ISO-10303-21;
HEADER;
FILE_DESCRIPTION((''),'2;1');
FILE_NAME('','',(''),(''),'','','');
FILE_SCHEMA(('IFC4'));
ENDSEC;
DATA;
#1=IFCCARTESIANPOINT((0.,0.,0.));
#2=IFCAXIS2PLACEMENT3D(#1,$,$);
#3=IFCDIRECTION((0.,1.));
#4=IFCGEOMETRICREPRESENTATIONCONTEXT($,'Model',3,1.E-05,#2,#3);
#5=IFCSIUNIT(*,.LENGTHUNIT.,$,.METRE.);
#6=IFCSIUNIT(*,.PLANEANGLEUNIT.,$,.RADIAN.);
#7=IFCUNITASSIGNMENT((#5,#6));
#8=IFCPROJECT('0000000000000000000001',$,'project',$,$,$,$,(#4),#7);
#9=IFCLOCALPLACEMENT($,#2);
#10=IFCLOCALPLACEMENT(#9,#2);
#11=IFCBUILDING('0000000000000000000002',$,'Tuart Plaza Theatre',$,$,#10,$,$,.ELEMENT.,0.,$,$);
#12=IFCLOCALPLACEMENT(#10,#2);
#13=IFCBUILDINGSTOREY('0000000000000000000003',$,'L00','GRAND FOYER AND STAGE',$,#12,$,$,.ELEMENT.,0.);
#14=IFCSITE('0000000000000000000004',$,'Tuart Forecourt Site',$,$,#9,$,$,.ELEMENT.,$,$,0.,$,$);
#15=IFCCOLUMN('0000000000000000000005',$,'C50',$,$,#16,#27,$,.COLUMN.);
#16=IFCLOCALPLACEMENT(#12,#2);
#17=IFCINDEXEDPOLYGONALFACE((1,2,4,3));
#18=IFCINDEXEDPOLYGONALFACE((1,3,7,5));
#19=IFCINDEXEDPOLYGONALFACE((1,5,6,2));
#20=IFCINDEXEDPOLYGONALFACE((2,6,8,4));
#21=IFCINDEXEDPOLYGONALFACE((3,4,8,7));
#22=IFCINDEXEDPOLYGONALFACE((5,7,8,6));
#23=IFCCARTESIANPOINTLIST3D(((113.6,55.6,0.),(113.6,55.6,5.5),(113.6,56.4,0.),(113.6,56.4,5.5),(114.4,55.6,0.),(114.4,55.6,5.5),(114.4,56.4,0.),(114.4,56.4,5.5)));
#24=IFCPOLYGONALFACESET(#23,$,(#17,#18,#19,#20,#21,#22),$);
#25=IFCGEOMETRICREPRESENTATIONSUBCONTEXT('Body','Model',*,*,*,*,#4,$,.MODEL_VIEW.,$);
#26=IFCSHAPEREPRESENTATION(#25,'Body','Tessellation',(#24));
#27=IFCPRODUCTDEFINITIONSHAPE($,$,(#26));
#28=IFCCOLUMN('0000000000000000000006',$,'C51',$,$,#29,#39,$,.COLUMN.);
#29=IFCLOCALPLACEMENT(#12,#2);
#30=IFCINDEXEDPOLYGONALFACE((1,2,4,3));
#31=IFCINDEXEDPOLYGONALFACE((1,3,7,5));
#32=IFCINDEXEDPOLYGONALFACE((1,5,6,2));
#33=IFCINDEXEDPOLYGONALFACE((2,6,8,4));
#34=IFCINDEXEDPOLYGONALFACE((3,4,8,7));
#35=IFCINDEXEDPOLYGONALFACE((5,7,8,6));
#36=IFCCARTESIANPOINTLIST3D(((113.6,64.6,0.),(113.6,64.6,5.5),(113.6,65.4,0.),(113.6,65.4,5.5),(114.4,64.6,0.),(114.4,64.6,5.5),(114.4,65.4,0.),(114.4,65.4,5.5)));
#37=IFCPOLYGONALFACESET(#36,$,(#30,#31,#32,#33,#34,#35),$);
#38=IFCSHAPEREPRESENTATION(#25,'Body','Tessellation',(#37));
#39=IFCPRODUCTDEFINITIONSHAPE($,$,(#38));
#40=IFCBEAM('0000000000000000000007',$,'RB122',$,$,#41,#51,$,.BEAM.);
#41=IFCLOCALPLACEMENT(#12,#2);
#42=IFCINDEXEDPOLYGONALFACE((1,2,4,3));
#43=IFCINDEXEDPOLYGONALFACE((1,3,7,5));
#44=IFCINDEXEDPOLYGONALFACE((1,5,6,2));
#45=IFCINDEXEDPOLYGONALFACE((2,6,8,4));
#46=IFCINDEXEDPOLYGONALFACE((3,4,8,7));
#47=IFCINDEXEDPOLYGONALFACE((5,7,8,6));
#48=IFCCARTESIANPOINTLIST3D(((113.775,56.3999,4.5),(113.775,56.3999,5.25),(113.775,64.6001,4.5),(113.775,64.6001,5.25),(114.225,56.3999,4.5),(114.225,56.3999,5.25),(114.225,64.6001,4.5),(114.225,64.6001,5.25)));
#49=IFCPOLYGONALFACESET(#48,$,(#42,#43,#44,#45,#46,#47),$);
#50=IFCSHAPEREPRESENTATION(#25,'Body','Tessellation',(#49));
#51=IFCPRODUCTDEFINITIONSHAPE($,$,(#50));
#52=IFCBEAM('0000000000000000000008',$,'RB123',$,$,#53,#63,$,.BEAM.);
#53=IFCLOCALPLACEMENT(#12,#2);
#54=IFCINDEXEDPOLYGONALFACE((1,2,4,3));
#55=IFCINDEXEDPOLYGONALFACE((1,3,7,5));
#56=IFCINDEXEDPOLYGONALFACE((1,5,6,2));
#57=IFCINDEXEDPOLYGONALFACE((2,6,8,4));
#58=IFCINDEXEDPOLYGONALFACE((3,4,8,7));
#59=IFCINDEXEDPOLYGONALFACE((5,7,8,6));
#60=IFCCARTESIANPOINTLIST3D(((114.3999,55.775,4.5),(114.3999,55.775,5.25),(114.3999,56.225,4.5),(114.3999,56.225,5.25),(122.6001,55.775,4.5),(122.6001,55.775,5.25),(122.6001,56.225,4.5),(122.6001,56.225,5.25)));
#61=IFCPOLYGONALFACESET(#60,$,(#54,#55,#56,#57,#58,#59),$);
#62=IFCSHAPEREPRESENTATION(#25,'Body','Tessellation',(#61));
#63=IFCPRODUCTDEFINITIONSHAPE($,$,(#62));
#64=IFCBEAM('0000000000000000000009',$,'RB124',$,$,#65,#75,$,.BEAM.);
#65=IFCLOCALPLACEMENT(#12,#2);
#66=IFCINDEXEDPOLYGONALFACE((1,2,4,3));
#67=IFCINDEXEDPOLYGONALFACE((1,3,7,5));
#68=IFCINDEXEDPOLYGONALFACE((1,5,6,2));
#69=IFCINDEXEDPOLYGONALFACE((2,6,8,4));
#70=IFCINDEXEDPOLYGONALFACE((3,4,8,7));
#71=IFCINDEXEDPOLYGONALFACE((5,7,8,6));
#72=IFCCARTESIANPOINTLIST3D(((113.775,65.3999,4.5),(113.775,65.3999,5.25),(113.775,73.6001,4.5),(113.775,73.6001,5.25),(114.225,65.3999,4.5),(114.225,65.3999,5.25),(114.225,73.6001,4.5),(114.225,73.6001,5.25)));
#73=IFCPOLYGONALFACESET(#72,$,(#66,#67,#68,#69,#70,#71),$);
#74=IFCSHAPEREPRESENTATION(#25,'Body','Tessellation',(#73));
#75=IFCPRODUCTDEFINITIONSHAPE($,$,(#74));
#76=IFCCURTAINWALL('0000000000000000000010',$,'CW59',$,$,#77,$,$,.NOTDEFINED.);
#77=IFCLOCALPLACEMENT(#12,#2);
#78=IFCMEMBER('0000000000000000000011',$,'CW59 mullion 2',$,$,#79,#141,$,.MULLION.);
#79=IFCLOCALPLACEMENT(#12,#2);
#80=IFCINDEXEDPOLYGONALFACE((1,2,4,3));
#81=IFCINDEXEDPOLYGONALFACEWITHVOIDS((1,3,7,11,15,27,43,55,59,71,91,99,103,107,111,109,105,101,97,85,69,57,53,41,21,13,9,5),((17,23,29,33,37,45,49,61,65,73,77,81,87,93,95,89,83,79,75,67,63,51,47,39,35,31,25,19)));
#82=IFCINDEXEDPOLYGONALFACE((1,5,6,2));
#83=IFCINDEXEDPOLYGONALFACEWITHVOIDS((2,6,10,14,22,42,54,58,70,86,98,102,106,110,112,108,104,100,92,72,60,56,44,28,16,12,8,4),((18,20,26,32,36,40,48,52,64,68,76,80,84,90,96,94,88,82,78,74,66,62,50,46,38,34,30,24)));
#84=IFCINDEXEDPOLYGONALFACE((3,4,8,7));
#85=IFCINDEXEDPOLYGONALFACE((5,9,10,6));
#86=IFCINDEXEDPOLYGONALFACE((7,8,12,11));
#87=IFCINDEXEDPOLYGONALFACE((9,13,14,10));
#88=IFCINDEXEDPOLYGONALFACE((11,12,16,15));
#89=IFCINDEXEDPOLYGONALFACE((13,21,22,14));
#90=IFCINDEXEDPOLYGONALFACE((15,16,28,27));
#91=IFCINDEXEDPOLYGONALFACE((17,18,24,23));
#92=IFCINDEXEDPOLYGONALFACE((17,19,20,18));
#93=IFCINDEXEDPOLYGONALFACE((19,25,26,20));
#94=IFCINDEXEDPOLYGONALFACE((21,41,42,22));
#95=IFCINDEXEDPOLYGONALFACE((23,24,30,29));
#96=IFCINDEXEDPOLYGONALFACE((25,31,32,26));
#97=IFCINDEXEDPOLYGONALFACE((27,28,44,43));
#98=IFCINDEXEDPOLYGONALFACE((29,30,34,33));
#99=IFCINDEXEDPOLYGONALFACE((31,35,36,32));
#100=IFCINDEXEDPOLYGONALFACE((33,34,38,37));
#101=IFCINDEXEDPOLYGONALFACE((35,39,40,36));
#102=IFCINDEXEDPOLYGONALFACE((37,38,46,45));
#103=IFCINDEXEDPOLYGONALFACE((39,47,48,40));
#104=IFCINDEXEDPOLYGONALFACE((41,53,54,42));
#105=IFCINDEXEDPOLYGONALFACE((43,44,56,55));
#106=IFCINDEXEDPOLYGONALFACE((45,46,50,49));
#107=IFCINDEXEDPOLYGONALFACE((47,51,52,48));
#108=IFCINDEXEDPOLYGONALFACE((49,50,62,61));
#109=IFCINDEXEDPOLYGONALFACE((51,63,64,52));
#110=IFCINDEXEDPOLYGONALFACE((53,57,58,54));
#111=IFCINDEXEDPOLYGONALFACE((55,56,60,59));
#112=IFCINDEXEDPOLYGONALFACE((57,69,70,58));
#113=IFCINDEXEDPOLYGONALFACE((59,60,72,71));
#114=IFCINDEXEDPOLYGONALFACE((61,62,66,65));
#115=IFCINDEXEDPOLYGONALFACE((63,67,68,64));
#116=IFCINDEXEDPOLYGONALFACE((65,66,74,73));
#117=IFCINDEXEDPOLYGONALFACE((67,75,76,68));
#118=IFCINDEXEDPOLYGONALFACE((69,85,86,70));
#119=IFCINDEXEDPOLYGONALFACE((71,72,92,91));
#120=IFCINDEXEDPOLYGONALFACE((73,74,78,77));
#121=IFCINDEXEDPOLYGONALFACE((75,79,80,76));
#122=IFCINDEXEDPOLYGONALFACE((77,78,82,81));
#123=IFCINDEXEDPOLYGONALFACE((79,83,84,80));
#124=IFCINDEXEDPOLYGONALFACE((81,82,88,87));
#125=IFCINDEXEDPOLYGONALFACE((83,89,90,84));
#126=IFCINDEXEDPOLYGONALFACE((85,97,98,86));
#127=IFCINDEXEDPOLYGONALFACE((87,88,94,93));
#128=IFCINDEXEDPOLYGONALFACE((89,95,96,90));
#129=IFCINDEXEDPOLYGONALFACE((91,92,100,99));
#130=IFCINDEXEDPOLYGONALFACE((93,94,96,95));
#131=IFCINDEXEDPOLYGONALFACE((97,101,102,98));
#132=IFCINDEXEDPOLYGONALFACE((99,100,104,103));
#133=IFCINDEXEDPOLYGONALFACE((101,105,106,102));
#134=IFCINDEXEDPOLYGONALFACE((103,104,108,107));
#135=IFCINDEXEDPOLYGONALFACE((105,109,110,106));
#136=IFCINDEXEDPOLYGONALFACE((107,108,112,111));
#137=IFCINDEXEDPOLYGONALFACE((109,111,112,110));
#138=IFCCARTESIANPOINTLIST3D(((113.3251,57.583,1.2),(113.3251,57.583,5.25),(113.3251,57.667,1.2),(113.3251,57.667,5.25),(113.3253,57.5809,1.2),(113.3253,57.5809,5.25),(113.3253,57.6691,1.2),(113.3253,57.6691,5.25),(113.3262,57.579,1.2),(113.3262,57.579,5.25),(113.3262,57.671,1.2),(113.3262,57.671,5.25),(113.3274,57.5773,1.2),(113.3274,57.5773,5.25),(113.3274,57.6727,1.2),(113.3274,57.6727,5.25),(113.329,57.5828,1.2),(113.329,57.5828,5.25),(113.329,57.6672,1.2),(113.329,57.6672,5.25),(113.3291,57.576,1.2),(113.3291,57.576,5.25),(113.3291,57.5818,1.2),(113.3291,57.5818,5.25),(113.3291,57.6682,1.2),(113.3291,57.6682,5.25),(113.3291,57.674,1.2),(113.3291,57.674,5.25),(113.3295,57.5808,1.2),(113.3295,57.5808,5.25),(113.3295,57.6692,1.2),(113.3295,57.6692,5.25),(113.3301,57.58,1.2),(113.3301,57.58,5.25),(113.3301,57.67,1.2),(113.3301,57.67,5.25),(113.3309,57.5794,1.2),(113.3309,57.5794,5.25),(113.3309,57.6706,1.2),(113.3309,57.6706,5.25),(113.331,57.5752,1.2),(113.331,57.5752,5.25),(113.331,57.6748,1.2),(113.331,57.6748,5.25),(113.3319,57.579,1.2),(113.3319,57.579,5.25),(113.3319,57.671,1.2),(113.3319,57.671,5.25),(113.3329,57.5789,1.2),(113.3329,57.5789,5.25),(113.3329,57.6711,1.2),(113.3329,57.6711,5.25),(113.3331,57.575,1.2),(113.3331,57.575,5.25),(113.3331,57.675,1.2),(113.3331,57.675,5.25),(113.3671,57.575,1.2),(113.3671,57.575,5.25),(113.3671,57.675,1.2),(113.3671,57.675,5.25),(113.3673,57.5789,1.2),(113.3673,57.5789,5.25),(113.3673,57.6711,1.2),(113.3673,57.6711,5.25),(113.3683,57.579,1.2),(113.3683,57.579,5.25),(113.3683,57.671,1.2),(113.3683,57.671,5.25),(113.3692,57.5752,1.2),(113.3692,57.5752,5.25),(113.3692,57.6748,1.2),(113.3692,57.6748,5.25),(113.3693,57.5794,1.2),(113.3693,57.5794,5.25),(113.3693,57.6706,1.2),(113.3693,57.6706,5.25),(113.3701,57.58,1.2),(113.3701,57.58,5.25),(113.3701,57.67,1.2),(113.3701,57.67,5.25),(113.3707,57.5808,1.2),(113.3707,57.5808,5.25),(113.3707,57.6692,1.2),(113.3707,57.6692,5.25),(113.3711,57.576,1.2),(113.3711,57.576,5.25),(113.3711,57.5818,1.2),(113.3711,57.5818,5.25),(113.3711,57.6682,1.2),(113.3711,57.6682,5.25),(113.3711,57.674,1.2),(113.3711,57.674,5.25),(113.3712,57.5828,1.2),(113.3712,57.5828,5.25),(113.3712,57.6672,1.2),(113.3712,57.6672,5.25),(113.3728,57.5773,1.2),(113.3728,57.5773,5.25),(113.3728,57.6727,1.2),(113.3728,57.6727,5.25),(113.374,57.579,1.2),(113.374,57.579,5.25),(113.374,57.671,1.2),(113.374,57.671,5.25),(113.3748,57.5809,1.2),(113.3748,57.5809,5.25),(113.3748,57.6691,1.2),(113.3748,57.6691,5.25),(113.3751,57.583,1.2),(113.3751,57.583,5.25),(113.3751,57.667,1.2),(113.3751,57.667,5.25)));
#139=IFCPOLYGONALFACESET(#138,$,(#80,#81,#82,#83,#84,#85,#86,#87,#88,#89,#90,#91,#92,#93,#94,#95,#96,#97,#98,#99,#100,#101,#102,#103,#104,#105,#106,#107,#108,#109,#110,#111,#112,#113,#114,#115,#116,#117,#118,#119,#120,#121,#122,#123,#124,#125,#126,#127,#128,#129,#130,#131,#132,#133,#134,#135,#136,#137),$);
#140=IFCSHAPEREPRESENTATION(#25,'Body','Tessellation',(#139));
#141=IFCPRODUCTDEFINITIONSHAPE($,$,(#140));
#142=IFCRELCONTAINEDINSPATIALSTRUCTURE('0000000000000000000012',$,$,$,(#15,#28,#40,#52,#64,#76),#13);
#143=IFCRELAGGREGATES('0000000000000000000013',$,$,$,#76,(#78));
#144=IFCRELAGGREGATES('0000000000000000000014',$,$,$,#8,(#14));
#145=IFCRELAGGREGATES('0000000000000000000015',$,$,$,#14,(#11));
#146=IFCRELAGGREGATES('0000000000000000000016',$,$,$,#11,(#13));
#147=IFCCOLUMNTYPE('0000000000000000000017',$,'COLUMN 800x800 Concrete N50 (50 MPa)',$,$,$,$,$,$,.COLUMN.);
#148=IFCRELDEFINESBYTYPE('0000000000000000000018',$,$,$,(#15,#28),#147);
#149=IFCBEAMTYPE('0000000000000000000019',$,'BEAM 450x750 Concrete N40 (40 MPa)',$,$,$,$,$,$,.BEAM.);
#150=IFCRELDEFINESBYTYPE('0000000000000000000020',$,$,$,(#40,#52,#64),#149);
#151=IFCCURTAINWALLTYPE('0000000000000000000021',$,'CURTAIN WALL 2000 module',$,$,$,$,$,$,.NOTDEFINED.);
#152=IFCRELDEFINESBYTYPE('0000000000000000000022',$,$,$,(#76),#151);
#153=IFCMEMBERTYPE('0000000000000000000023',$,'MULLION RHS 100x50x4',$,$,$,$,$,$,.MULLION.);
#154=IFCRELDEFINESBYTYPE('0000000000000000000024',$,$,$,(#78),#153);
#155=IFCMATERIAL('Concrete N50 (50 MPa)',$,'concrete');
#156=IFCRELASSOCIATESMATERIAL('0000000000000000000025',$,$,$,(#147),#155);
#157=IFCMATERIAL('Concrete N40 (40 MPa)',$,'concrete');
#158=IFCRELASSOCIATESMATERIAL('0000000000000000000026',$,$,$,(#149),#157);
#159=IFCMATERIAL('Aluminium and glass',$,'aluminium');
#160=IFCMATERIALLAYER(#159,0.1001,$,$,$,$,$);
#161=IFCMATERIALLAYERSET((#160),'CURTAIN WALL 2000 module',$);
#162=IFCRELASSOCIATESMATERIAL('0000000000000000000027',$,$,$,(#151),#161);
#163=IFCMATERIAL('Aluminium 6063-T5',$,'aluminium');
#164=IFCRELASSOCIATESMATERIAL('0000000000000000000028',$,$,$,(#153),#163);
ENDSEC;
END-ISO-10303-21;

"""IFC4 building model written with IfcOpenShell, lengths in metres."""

from ifc_helpers import new_model, si_unit, direction, frame, origin, origin_2d, place, context, subcontext, project, spatial, rectangle, hollow_rectangle, extrude, material, layer, layer_set, material_profile, profile_set, type_object, element, aggregate, save


model = new_model("IFC4")

# Units and contexts
model_context = context("Model", 3, precision=1e-05, world=origin(), true_north=direction((0.0, 1.0)))
body_context = subcontext(model_context, "Body", "Model", "MODEL_VIEW")
ifc_project = project(units=[si_unit("LENGTHUNIT", "METRE"), si_unit("PLANEANGLEUNIT", "RADIAN")], contexts=[model_context])

# Site, building, storey
site_placement = place(None, origin())
site = spatial("IfcSite", under=ifc_project, at=site_placement, Name="Tuart Forecourt Site", CompositionType="ELEMENT", RefElevation=0.0)
building_placement = place(site_placement, origin())
building = spatial("IfcBuilding", under=site, at=building_placement, Name="Tuart Plaza Theatre", CompositionType="ELEMENT", ElevationOfRefHeight=0.0)
storey_placement = place(building_placement, origin())
storey = spatial("IfcBuildingStorey", under=building, at=storey_placement, Name="L00", Description="GRAND FOYER AND STAGE", CompositionType="ELEMENT", Elevation=0.0)

# Columns
ifc_material_1 = material(Name="Concrete N50 (50 MPa)", Category="concrete")
ifc_material_profile_1 = material_profile(ifc_material_1, rectangle(XDim=0.8, YDim=0.8, at=origin_2d()), Name="COLUMN 800x800 Concrete N50 (50 MPa)")
ifc_profile_set_1 = profile_set([ifc_material_profile_1], Name="Concrete N50 (50 MPa)")
column_type = type_object("IfcColumnType", Name="COLUMN 800x800 Concrete N50 (50 MPa)", PredefinedType="COLUMN", material=ifc_profile_set_1)
for number, where, z_axis, x_axis, name in (
    (1, (114.0, 56.0, 0.0), (0.0, 0.0, 1.0), (1.0, 0.0, 0.0), "C50"),
    (2, (114.0, 65.0, 0.0), (0.0, 0.0, 1.0), (1.0, 0.0, 0.0), "C51"),
):
    element("IfcColumn", number, at=place(storey_placement, frame(where, z_axis=z_axis, x_axis=x_axis)), inside=storey, type_object=column_type, Name=name, PredefinedType="COLUMN", context=body_context, shape_type="SweptSolid", body=[
        extrude(rectangle(XDim=0.8, YDim=0.8, at=origin_2d()), origin(), (0.0, 0.0, 1.0), 5.5),
    ])

# Beams
ifc_material_2 = material(Name="Concrete N40 (40 MPa)", Category="concrete")
ifc_material_profile_2 = material_profile(ifc_material_2, rectangle(XDim=0.45, YDim=0.75, at=origin_2d()), Name="BEAM 450x750 Concrete N40 (40 MPa)")
ifc_profile_set_2 = profile_set([ifc_material_profile_2], Name="Concrete N40 (40 MPa)")
beam_type = type_object("IfcBeamType", Name="BEAM 450x750 Concrete N40 (40 MPa)", PredefinedType="BEAM", material=ifc_profile_set_2)
for number, where, z_axis, x_axis, name in (
    (3, (114.0, 56.3999, 4.875), (0.0, 1.0, 0.0), (-1.0, 0.0, 0.0), "RB122"),
    (4, (114.3999, 56.0, 4.875), (1.0, 0.0, 0.0), (0.0, 1.0, 0.0), "RB123"),
    (5, (114.0, 65.3999, 4.875), (0.0, 1.0, 0.0), (-1.0, 0.0, 0.0), "RB124"),
):
    element("IfcBeam", number, at=place(storey_placement, frame(where, z_axis=z_axis, x_axis=x_axis)), inside=storey, type_object=beam_type, Name=name, PredefinedType="BEAM", context=body_context, shape_type="SweptSolid", body=[
        extrude(rectangle(XDim=0.45, YDim=0.75, at=origin_2d()), origin(), (0.0, 0.0, 1.0), 8.2002),
    ])

# Curtain wall, member
ifc_material_3 = material(Name="Aluminium and glass", Category="aluminium")
ifc_layer_1 = layer(ifc_material_3, 0.1001)
ifc_layer_set_1 = layer_set([ifc_layer_1], Name="CURTAIN WALL 2000 module")
curtain_wall_type = type_object("IfcCurtainWallType", Name="CURTAIN WALL 2000 module", PredefinedType="NOTDEFINED", material=ifc_layer_set_1)
curtain_wall_placement = place(storey_placement, origin())
curtain_wall = element("IfcCurtainWall", 6, at=curtain_wall_placement, inside=storey, type_object=curtain_wall_type, Name="CW59", PredefinedType="NOTDEFINED")
ifc_material_4 = material(Name="Aluminium 6063-T5", Category="aluminium")
ifc_material_profile_3 = material_profile(ifc_material_4, hollow_rectangle(XDim=0.05, YDim=0.1001, WallThickness=0.0039, InnerFilletRadius=0.0039, OuterFilletRadius=0.0081, at=origin_2d()), Name="RHS 100x50x4")
ifc_profile_set_3 = profile_set([ifc_material_profile_3], Name="Aluminium 6063-T5")
member_type_1 = type_object("IfcMemberType", Name="MULLION RHS 100x50x4", PredefinedType="MULLION", material=ifc_profile_set_3)
member_1_placement = place(storey_placement, frame((113.3501, 57.625, 1.2), z_axis=(0.0, 0.0, 1.0), x_axis=(1.0, 0.0, 0.0)))
member_1 = element("IfcMember", 7, at=member_1_placement, type_object=member_type_1, Name="CW59 mullion 2", PredefinedType="MULLION", context=body_context, shape_type="SweptSolid", body=[
    extrude(hollow_rectangle(XDim=0.05, YDim=0.1001, WallThickness=0.0039, InnerFilletRadius=0.0039, OuterFilletRadius=0.0081, at=origin_2d()), origin(), (0.0, 0.0, 1.0), 4.05),
])
aggregate(curtain_wall, [member_1])

save(model, "model.ifc")
